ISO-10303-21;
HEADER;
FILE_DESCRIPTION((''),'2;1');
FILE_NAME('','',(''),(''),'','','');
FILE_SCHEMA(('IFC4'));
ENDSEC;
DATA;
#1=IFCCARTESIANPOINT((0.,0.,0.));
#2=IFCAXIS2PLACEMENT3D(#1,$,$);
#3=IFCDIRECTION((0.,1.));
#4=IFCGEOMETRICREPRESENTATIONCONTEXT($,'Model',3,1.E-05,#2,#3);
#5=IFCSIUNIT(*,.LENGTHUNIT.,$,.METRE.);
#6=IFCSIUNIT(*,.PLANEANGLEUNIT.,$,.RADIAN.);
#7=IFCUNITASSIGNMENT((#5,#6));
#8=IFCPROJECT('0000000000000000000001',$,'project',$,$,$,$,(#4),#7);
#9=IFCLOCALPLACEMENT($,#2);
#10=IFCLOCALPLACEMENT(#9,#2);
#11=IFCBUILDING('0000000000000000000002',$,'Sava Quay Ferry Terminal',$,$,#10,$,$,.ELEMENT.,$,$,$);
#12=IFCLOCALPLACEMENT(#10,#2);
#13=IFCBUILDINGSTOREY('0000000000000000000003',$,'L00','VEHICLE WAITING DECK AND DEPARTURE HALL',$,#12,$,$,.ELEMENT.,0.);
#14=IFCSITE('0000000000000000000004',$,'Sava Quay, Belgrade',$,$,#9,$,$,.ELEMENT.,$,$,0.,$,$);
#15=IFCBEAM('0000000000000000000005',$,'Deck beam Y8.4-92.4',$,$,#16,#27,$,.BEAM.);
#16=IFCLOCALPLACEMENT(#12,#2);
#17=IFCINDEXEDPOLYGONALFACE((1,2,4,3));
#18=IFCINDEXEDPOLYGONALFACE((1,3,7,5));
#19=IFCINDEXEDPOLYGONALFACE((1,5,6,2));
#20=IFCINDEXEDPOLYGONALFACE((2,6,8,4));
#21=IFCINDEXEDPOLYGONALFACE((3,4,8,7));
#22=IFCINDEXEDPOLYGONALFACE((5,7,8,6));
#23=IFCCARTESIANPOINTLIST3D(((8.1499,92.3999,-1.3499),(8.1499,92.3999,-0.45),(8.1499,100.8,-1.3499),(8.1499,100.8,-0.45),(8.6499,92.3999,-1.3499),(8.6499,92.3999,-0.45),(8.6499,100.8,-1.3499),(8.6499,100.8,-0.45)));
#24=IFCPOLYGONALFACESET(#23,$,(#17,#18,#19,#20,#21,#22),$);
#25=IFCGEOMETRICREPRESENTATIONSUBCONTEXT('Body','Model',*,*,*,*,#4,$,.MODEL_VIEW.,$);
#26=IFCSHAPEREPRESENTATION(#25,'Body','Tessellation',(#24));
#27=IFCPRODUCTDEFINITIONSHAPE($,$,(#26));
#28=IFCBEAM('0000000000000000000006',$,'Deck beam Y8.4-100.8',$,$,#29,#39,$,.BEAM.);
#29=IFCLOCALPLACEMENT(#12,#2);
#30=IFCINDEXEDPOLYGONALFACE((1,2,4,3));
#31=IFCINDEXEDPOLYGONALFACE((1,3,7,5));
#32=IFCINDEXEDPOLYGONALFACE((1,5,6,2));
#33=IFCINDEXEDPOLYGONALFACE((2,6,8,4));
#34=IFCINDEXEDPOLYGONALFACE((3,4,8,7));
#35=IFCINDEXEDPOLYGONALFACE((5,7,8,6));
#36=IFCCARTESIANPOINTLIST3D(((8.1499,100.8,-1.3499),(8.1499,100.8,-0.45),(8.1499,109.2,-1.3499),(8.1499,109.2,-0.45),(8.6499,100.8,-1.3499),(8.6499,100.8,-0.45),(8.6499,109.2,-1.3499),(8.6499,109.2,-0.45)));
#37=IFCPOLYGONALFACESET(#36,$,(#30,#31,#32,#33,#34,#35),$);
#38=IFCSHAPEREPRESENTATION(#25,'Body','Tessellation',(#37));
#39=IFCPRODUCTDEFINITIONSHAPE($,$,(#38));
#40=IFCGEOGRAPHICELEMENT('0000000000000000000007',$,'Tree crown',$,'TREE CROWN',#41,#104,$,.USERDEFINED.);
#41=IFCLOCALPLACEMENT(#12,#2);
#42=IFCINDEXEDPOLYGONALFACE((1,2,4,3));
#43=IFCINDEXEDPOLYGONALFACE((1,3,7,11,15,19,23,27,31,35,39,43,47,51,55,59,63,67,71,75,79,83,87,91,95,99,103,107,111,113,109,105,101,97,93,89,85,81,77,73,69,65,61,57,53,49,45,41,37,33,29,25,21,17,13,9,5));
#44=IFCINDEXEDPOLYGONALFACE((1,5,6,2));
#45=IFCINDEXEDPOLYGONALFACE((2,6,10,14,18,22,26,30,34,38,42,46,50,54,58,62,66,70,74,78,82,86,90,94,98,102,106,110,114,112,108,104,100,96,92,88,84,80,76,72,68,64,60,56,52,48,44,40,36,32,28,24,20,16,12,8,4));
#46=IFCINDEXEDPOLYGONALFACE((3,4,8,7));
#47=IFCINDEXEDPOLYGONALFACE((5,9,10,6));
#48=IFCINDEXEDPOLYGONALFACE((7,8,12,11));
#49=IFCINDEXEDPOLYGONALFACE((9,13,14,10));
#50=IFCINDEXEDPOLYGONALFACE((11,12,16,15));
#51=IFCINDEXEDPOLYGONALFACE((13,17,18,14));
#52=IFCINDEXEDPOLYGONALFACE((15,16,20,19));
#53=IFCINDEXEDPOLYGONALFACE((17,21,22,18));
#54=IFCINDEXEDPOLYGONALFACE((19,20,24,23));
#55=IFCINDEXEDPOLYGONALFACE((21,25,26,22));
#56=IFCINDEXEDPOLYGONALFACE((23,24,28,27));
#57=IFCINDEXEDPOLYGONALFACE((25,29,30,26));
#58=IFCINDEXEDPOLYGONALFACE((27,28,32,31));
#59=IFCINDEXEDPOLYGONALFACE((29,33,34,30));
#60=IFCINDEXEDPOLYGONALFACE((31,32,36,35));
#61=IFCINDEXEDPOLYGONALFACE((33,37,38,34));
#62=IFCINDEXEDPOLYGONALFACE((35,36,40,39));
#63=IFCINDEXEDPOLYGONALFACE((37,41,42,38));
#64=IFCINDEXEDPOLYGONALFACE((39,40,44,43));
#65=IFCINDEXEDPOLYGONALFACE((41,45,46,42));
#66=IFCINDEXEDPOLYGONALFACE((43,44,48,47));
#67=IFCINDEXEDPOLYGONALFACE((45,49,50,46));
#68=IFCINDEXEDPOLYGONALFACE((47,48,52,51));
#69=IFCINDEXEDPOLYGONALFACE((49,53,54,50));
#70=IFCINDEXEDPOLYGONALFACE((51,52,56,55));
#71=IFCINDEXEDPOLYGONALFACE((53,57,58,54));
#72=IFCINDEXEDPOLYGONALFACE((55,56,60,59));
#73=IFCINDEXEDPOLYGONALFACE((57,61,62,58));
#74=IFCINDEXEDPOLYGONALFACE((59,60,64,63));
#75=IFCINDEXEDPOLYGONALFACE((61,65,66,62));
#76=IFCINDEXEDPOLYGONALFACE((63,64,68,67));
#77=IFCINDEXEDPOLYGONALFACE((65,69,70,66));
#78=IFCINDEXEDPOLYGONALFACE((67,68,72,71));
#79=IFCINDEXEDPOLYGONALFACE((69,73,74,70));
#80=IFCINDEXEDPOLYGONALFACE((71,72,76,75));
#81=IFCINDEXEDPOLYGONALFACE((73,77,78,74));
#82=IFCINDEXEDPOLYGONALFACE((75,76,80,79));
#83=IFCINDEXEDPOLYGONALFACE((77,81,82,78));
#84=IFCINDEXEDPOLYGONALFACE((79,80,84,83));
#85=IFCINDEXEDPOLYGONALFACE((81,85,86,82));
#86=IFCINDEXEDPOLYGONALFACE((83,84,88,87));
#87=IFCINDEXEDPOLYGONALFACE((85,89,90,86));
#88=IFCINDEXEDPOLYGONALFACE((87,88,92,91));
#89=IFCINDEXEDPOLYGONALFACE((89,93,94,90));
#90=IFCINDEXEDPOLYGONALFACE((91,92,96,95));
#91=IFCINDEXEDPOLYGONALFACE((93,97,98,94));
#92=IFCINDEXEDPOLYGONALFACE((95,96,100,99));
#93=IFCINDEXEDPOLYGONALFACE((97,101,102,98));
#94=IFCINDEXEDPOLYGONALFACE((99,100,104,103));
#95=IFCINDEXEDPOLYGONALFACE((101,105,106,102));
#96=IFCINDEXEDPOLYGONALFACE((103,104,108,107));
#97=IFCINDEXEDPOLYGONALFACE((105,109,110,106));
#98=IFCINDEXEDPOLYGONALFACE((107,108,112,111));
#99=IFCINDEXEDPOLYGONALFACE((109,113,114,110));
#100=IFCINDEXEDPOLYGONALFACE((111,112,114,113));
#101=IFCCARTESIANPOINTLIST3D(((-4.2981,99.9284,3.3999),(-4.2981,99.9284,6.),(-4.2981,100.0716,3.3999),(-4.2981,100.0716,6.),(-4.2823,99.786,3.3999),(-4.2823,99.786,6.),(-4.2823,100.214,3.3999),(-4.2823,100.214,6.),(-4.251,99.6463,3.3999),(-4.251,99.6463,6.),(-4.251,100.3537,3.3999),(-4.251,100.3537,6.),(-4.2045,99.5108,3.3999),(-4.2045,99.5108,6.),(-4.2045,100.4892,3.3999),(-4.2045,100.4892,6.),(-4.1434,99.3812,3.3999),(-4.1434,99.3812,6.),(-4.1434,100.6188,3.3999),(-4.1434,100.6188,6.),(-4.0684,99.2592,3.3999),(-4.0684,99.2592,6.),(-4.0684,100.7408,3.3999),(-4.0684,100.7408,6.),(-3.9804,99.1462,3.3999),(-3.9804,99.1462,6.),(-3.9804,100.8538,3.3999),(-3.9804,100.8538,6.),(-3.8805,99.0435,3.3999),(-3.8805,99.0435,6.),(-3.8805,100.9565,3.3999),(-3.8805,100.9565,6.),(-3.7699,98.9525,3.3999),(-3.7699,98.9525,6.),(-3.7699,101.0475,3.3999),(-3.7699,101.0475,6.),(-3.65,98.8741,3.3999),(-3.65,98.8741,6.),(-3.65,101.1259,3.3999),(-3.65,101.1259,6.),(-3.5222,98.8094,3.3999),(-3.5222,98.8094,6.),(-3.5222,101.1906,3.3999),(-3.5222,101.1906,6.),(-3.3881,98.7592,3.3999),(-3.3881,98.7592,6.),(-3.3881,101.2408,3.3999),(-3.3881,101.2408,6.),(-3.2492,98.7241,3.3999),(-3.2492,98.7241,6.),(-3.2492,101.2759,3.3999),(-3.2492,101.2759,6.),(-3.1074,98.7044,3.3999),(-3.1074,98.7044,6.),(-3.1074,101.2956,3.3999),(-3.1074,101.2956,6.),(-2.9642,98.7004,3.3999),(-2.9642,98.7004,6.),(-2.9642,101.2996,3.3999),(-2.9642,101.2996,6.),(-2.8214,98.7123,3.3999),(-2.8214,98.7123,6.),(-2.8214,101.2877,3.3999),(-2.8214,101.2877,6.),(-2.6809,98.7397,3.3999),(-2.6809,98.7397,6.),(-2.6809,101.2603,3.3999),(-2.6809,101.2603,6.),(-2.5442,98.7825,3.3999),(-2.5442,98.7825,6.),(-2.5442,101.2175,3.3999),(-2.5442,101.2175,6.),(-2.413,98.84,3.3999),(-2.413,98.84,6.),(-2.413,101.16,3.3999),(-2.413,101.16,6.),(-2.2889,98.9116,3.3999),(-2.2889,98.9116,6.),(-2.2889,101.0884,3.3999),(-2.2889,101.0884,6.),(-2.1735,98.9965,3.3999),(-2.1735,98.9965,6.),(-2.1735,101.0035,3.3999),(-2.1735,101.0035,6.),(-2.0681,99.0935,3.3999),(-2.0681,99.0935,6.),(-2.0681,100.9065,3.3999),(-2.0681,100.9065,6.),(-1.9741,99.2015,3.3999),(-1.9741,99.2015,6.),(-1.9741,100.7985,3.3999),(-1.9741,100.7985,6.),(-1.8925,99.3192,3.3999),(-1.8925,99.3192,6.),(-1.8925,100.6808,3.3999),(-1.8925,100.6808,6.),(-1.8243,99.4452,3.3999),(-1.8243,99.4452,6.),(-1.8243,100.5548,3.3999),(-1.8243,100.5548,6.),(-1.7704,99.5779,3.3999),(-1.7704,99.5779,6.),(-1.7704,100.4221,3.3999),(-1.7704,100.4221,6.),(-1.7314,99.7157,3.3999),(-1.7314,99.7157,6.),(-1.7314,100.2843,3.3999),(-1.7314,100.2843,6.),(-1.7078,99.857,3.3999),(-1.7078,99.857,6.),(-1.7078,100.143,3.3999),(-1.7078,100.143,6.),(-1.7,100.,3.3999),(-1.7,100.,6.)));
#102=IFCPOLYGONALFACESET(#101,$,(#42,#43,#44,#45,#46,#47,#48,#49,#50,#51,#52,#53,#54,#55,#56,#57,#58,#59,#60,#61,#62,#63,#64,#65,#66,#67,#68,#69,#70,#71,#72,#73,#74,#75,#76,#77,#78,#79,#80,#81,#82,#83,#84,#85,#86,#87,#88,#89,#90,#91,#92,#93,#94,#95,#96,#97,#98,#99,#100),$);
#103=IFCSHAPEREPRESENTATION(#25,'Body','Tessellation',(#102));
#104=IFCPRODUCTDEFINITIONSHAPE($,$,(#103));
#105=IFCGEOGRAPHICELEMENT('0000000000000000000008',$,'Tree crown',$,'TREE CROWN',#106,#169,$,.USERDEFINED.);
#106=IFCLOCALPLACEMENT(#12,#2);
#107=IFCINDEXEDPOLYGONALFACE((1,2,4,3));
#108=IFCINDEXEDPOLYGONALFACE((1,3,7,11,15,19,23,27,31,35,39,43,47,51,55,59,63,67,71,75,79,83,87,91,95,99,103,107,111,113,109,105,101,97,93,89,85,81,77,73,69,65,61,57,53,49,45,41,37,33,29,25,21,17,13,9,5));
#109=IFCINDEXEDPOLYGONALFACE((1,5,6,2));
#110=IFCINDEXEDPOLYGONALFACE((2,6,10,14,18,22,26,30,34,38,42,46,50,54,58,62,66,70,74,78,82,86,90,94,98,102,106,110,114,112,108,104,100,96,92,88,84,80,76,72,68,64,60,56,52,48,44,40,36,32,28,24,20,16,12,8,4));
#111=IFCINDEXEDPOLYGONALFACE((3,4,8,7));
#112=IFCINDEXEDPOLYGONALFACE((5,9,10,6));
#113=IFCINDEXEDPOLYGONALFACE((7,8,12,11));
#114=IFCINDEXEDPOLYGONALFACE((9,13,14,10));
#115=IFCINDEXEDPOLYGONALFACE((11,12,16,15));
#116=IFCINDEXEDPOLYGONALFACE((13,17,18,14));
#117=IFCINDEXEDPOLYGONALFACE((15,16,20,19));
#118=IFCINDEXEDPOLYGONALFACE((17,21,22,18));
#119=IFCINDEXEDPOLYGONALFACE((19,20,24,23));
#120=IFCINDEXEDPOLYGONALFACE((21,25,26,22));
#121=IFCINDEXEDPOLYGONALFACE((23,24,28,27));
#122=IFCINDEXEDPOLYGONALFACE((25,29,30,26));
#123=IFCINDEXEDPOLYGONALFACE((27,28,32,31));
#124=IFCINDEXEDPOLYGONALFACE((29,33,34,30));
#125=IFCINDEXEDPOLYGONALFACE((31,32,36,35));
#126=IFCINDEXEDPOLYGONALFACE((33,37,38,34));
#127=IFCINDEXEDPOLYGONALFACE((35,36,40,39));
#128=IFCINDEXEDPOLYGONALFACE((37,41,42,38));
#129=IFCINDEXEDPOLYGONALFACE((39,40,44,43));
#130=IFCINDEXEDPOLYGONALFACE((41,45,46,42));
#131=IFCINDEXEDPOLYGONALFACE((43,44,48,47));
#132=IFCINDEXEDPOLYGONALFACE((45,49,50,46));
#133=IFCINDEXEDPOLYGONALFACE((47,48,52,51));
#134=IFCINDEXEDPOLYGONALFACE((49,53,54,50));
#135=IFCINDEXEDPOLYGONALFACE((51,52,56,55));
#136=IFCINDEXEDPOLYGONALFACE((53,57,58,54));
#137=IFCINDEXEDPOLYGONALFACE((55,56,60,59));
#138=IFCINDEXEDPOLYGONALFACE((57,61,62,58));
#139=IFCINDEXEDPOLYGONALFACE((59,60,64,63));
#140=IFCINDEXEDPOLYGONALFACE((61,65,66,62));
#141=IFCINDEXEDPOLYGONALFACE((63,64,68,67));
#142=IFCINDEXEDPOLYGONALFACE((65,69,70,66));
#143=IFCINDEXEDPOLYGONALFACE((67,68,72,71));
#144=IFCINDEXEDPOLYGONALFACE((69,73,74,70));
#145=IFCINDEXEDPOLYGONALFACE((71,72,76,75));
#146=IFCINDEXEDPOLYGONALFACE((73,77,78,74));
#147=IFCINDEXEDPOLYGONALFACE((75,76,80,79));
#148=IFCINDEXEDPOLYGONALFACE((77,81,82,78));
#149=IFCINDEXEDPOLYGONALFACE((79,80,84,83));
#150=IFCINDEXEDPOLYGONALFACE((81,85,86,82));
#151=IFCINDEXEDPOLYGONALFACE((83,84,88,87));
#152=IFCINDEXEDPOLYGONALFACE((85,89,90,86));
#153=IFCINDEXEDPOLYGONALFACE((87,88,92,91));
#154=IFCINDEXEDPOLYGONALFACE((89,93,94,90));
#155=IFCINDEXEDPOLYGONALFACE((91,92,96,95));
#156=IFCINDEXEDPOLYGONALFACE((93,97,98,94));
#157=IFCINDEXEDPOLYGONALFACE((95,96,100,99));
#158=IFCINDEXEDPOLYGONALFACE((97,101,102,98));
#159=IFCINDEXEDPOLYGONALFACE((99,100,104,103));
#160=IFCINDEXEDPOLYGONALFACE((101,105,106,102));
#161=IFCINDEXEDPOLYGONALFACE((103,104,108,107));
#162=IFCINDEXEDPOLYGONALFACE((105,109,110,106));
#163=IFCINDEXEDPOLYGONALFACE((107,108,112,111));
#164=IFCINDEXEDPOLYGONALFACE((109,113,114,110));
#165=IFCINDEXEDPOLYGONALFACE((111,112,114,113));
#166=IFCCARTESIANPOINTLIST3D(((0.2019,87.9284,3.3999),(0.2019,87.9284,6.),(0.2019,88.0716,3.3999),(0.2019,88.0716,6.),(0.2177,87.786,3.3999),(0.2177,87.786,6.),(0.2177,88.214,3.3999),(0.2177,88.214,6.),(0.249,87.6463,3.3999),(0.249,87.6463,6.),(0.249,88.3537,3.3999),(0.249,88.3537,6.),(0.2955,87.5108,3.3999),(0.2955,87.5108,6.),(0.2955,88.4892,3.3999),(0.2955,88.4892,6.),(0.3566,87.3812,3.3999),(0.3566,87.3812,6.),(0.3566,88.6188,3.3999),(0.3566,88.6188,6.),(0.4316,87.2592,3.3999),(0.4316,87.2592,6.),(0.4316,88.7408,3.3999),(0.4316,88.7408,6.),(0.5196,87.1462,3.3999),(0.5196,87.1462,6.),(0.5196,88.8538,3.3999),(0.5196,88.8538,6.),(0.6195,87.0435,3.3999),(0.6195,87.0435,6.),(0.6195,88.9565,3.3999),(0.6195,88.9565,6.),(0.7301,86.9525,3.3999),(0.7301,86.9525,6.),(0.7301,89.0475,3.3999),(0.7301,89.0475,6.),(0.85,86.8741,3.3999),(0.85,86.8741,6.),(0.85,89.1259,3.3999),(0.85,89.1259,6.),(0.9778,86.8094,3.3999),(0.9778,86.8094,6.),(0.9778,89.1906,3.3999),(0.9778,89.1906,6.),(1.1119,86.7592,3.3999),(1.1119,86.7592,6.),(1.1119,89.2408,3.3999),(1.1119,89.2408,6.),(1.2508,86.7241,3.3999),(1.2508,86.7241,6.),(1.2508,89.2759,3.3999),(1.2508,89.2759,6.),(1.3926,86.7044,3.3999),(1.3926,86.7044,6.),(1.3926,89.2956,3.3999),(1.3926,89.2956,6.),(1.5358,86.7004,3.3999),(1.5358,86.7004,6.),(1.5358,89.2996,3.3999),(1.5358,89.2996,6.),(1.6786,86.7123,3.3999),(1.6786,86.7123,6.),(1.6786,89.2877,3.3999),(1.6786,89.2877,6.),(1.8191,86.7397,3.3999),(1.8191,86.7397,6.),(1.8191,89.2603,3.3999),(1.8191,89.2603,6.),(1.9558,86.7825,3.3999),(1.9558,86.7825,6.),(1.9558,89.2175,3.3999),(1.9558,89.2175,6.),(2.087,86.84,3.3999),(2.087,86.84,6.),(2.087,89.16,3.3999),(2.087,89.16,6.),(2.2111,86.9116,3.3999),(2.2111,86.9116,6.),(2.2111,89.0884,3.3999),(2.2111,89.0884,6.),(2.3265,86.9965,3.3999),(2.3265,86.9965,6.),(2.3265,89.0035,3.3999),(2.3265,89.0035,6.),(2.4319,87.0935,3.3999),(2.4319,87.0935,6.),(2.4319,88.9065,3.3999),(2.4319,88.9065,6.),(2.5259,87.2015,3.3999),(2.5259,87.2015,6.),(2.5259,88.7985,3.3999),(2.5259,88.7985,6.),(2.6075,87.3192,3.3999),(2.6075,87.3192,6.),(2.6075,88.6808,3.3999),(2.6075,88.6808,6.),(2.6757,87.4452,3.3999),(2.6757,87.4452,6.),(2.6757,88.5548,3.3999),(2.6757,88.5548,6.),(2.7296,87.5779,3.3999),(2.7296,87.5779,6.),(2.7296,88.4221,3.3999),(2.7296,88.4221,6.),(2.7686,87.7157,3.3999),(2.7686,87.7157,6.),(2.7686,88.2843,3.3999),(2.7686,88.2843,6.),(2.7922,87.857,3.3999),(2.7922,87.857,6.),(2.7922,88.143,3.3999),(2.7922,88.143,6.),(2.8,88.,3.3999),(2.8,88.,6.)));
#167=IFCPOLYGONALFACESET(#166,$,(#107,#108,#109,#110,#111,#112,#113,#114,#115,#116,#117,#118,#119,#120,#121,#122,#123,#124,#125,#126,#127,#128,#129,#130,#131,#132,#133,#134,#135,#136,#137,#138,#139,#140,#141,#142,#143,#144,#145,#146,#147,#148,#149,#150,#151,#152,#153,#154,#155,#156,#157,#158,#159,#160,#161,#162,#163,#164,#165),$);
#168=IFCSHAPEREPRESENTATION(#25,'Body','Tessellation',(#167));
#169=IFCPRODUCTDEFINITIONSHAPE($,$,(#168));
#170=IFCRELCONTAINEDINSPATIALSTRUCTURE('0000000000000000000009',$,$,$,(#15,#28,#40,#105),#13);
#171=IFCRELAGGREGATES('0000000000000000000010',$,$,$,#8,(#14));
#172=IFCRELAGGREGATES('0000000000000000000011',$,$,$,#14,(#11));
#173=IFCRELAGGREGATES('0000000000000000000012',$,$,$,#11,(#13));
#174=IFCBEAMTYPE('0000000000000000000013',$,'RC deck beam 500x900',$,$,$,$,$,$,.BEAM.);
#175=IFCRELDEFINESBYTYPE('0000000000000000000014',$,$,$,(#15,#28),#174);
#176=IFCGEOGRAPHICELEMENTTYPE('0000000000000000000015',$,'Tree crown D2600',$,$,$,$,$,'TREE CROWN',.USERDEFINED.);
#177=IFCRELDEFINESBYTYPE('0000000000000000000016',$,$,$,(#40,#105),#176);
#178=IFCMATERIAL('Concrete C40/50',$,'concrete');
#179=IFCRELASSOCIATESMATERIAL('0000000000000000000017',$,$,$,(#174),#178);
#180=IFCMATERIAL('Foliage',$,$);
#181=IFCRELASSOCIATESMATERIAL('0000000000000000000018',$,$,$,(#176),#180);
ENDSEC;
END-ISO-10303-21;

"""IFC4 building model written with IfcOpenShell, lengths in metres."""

from ifc_helpers import new_model, si_unit, direction, frame, origin, origin_2d, place, context, subcontext, project, spatial, rectangle, circle, extrude, material, material_profile, profile_set, type_object, element, save


model = new_model("IFC4")

# Units and contexts
model_context = context("Model", 3, precision=1e-05, world=origin(), true_north=direction((0.0, 1.0)))
body_context = subcontext(model_context, "Body", "Model", "MODEL_VIEW")
ifc_project = project(units=[si_unit("LENGTHUNIT", "METRE"), si_unit("PLANEANGLEUNIT", "RADIAN")], contexts=[model_context])

# Site, building, storey
site_placement = place(None, origin())
site = spatial("IfcSite", under=ifc_project, at=site_placement, Name="Sava Quay, Belgrade", CompositionType="ELEMENT", RefElevation=0.0)
building_placement = place(site_placement, origin())
building = spatial("IfcBuilding", under=site, at=building_placement, Name="Sava Quay Ferry Terminal", CompositionType="ELEMENT")
storey_placement = place(building_placement, origin())
storey = spatial("IfcBuildingStorey", under=building, at=storey_placement, Name="L00", Description="VEHICLE WAITING DECK AND DEPARTURE HALL", CompositionType="ELEMENT", Elevation=0.0)

# Beams
ifc_material_1 = material(Name="Concrete C40/50", Category="concrete")
ifc_material_profile_1 = material_profile(ifc_material_1, rectangle(XDim=0.5, YDim=0.8999, at=origin_2d()), Name="RC 500x900")
ifc_profile_set_1 = profile_set([ifc_material_profile_1], Name="Concrete C40/50")
beam_type = type_object("IfcBeamType", Name="RC deck beam 500x900", PredefinedType="BEAM", material=ifc_profile_set_1)
beam_1_placement = place(storey_placement, frame((8.3999, 92.3999, -0.8999), z_axis=(0.0, 1.0, 0.0), x_axis=(-1.0, 0.0, 0.0)))
element("IfcBeam", 1, at=beam_1_placement, inside=storey, type_object=beam_type, Name="Deck beam Y8.4-92.4", PredefinedType="BEAM", context=body_context, shape_type="SweptSolid", body=[
    extrude(rectangle(XDim=0.5, YDim=0.8999, at=origin_2d()), origin(), (0.0, 0.0, 1.0), 8.4001),
])
beam_2_placement = place(storey_placement, frame((8.3999, 100.8, -0.8999), z_axis=(0.0, 1.0, 0.0), x_axis=(-1.0, 0.0, 0.0)))
element("IfcBeam", 2, at=beam_2_placement, inside=storey, type_object=beam_type, Name="Deck beam Y8.4-100.8", PredefinedType="BEAM", context=body_context, shape_type="SweptSolid", body=[
    extrude(rectangle(XDim=0.5, YDim=0.8999, at=origin_2d()), origin(), (0.0, 0.0, 1.0), 8.3999),
])

# Geographic elements
ifc_material_2 = material(Name="Foliage")
geographic_element_type_1 = type_object("IfcGeographicElementType", Name="Tree crown D2600", ElementType="TREE CROWN", PredefinedType="USERDEFINED", material=ifc_material_2)
for number, where, z_axis, x_axis, name in (
    (3, (-3.0, 100.0, 6.0), (0.0, 0.0, -1.0), (1.0, 0.0, 0.0), "Tree crown"),
    (4, (1.5, 88.0, 6.0), (0.0, 0.0, -1.0), (1.0, 0.0, 0.0), "Tree crown"),
):
    element("IfcGeographicElement", number, at=place(storey_placement, frame(where, z_axis=z_axis, x_axis=x_axis)), inside=storey, type_object=geographic_element_type_1, Name=name, ObjectType="TREE CROWN", PredefinedType="USERDEFINED", context=body_context, shape_type="SweptSolid", body=[
        extrude(circle(Radius=1.3, at=origin_2d()), origin(), (0.0, 0.0, 1.0), 2.6001),
    ])

save(model, "model.ifc")
